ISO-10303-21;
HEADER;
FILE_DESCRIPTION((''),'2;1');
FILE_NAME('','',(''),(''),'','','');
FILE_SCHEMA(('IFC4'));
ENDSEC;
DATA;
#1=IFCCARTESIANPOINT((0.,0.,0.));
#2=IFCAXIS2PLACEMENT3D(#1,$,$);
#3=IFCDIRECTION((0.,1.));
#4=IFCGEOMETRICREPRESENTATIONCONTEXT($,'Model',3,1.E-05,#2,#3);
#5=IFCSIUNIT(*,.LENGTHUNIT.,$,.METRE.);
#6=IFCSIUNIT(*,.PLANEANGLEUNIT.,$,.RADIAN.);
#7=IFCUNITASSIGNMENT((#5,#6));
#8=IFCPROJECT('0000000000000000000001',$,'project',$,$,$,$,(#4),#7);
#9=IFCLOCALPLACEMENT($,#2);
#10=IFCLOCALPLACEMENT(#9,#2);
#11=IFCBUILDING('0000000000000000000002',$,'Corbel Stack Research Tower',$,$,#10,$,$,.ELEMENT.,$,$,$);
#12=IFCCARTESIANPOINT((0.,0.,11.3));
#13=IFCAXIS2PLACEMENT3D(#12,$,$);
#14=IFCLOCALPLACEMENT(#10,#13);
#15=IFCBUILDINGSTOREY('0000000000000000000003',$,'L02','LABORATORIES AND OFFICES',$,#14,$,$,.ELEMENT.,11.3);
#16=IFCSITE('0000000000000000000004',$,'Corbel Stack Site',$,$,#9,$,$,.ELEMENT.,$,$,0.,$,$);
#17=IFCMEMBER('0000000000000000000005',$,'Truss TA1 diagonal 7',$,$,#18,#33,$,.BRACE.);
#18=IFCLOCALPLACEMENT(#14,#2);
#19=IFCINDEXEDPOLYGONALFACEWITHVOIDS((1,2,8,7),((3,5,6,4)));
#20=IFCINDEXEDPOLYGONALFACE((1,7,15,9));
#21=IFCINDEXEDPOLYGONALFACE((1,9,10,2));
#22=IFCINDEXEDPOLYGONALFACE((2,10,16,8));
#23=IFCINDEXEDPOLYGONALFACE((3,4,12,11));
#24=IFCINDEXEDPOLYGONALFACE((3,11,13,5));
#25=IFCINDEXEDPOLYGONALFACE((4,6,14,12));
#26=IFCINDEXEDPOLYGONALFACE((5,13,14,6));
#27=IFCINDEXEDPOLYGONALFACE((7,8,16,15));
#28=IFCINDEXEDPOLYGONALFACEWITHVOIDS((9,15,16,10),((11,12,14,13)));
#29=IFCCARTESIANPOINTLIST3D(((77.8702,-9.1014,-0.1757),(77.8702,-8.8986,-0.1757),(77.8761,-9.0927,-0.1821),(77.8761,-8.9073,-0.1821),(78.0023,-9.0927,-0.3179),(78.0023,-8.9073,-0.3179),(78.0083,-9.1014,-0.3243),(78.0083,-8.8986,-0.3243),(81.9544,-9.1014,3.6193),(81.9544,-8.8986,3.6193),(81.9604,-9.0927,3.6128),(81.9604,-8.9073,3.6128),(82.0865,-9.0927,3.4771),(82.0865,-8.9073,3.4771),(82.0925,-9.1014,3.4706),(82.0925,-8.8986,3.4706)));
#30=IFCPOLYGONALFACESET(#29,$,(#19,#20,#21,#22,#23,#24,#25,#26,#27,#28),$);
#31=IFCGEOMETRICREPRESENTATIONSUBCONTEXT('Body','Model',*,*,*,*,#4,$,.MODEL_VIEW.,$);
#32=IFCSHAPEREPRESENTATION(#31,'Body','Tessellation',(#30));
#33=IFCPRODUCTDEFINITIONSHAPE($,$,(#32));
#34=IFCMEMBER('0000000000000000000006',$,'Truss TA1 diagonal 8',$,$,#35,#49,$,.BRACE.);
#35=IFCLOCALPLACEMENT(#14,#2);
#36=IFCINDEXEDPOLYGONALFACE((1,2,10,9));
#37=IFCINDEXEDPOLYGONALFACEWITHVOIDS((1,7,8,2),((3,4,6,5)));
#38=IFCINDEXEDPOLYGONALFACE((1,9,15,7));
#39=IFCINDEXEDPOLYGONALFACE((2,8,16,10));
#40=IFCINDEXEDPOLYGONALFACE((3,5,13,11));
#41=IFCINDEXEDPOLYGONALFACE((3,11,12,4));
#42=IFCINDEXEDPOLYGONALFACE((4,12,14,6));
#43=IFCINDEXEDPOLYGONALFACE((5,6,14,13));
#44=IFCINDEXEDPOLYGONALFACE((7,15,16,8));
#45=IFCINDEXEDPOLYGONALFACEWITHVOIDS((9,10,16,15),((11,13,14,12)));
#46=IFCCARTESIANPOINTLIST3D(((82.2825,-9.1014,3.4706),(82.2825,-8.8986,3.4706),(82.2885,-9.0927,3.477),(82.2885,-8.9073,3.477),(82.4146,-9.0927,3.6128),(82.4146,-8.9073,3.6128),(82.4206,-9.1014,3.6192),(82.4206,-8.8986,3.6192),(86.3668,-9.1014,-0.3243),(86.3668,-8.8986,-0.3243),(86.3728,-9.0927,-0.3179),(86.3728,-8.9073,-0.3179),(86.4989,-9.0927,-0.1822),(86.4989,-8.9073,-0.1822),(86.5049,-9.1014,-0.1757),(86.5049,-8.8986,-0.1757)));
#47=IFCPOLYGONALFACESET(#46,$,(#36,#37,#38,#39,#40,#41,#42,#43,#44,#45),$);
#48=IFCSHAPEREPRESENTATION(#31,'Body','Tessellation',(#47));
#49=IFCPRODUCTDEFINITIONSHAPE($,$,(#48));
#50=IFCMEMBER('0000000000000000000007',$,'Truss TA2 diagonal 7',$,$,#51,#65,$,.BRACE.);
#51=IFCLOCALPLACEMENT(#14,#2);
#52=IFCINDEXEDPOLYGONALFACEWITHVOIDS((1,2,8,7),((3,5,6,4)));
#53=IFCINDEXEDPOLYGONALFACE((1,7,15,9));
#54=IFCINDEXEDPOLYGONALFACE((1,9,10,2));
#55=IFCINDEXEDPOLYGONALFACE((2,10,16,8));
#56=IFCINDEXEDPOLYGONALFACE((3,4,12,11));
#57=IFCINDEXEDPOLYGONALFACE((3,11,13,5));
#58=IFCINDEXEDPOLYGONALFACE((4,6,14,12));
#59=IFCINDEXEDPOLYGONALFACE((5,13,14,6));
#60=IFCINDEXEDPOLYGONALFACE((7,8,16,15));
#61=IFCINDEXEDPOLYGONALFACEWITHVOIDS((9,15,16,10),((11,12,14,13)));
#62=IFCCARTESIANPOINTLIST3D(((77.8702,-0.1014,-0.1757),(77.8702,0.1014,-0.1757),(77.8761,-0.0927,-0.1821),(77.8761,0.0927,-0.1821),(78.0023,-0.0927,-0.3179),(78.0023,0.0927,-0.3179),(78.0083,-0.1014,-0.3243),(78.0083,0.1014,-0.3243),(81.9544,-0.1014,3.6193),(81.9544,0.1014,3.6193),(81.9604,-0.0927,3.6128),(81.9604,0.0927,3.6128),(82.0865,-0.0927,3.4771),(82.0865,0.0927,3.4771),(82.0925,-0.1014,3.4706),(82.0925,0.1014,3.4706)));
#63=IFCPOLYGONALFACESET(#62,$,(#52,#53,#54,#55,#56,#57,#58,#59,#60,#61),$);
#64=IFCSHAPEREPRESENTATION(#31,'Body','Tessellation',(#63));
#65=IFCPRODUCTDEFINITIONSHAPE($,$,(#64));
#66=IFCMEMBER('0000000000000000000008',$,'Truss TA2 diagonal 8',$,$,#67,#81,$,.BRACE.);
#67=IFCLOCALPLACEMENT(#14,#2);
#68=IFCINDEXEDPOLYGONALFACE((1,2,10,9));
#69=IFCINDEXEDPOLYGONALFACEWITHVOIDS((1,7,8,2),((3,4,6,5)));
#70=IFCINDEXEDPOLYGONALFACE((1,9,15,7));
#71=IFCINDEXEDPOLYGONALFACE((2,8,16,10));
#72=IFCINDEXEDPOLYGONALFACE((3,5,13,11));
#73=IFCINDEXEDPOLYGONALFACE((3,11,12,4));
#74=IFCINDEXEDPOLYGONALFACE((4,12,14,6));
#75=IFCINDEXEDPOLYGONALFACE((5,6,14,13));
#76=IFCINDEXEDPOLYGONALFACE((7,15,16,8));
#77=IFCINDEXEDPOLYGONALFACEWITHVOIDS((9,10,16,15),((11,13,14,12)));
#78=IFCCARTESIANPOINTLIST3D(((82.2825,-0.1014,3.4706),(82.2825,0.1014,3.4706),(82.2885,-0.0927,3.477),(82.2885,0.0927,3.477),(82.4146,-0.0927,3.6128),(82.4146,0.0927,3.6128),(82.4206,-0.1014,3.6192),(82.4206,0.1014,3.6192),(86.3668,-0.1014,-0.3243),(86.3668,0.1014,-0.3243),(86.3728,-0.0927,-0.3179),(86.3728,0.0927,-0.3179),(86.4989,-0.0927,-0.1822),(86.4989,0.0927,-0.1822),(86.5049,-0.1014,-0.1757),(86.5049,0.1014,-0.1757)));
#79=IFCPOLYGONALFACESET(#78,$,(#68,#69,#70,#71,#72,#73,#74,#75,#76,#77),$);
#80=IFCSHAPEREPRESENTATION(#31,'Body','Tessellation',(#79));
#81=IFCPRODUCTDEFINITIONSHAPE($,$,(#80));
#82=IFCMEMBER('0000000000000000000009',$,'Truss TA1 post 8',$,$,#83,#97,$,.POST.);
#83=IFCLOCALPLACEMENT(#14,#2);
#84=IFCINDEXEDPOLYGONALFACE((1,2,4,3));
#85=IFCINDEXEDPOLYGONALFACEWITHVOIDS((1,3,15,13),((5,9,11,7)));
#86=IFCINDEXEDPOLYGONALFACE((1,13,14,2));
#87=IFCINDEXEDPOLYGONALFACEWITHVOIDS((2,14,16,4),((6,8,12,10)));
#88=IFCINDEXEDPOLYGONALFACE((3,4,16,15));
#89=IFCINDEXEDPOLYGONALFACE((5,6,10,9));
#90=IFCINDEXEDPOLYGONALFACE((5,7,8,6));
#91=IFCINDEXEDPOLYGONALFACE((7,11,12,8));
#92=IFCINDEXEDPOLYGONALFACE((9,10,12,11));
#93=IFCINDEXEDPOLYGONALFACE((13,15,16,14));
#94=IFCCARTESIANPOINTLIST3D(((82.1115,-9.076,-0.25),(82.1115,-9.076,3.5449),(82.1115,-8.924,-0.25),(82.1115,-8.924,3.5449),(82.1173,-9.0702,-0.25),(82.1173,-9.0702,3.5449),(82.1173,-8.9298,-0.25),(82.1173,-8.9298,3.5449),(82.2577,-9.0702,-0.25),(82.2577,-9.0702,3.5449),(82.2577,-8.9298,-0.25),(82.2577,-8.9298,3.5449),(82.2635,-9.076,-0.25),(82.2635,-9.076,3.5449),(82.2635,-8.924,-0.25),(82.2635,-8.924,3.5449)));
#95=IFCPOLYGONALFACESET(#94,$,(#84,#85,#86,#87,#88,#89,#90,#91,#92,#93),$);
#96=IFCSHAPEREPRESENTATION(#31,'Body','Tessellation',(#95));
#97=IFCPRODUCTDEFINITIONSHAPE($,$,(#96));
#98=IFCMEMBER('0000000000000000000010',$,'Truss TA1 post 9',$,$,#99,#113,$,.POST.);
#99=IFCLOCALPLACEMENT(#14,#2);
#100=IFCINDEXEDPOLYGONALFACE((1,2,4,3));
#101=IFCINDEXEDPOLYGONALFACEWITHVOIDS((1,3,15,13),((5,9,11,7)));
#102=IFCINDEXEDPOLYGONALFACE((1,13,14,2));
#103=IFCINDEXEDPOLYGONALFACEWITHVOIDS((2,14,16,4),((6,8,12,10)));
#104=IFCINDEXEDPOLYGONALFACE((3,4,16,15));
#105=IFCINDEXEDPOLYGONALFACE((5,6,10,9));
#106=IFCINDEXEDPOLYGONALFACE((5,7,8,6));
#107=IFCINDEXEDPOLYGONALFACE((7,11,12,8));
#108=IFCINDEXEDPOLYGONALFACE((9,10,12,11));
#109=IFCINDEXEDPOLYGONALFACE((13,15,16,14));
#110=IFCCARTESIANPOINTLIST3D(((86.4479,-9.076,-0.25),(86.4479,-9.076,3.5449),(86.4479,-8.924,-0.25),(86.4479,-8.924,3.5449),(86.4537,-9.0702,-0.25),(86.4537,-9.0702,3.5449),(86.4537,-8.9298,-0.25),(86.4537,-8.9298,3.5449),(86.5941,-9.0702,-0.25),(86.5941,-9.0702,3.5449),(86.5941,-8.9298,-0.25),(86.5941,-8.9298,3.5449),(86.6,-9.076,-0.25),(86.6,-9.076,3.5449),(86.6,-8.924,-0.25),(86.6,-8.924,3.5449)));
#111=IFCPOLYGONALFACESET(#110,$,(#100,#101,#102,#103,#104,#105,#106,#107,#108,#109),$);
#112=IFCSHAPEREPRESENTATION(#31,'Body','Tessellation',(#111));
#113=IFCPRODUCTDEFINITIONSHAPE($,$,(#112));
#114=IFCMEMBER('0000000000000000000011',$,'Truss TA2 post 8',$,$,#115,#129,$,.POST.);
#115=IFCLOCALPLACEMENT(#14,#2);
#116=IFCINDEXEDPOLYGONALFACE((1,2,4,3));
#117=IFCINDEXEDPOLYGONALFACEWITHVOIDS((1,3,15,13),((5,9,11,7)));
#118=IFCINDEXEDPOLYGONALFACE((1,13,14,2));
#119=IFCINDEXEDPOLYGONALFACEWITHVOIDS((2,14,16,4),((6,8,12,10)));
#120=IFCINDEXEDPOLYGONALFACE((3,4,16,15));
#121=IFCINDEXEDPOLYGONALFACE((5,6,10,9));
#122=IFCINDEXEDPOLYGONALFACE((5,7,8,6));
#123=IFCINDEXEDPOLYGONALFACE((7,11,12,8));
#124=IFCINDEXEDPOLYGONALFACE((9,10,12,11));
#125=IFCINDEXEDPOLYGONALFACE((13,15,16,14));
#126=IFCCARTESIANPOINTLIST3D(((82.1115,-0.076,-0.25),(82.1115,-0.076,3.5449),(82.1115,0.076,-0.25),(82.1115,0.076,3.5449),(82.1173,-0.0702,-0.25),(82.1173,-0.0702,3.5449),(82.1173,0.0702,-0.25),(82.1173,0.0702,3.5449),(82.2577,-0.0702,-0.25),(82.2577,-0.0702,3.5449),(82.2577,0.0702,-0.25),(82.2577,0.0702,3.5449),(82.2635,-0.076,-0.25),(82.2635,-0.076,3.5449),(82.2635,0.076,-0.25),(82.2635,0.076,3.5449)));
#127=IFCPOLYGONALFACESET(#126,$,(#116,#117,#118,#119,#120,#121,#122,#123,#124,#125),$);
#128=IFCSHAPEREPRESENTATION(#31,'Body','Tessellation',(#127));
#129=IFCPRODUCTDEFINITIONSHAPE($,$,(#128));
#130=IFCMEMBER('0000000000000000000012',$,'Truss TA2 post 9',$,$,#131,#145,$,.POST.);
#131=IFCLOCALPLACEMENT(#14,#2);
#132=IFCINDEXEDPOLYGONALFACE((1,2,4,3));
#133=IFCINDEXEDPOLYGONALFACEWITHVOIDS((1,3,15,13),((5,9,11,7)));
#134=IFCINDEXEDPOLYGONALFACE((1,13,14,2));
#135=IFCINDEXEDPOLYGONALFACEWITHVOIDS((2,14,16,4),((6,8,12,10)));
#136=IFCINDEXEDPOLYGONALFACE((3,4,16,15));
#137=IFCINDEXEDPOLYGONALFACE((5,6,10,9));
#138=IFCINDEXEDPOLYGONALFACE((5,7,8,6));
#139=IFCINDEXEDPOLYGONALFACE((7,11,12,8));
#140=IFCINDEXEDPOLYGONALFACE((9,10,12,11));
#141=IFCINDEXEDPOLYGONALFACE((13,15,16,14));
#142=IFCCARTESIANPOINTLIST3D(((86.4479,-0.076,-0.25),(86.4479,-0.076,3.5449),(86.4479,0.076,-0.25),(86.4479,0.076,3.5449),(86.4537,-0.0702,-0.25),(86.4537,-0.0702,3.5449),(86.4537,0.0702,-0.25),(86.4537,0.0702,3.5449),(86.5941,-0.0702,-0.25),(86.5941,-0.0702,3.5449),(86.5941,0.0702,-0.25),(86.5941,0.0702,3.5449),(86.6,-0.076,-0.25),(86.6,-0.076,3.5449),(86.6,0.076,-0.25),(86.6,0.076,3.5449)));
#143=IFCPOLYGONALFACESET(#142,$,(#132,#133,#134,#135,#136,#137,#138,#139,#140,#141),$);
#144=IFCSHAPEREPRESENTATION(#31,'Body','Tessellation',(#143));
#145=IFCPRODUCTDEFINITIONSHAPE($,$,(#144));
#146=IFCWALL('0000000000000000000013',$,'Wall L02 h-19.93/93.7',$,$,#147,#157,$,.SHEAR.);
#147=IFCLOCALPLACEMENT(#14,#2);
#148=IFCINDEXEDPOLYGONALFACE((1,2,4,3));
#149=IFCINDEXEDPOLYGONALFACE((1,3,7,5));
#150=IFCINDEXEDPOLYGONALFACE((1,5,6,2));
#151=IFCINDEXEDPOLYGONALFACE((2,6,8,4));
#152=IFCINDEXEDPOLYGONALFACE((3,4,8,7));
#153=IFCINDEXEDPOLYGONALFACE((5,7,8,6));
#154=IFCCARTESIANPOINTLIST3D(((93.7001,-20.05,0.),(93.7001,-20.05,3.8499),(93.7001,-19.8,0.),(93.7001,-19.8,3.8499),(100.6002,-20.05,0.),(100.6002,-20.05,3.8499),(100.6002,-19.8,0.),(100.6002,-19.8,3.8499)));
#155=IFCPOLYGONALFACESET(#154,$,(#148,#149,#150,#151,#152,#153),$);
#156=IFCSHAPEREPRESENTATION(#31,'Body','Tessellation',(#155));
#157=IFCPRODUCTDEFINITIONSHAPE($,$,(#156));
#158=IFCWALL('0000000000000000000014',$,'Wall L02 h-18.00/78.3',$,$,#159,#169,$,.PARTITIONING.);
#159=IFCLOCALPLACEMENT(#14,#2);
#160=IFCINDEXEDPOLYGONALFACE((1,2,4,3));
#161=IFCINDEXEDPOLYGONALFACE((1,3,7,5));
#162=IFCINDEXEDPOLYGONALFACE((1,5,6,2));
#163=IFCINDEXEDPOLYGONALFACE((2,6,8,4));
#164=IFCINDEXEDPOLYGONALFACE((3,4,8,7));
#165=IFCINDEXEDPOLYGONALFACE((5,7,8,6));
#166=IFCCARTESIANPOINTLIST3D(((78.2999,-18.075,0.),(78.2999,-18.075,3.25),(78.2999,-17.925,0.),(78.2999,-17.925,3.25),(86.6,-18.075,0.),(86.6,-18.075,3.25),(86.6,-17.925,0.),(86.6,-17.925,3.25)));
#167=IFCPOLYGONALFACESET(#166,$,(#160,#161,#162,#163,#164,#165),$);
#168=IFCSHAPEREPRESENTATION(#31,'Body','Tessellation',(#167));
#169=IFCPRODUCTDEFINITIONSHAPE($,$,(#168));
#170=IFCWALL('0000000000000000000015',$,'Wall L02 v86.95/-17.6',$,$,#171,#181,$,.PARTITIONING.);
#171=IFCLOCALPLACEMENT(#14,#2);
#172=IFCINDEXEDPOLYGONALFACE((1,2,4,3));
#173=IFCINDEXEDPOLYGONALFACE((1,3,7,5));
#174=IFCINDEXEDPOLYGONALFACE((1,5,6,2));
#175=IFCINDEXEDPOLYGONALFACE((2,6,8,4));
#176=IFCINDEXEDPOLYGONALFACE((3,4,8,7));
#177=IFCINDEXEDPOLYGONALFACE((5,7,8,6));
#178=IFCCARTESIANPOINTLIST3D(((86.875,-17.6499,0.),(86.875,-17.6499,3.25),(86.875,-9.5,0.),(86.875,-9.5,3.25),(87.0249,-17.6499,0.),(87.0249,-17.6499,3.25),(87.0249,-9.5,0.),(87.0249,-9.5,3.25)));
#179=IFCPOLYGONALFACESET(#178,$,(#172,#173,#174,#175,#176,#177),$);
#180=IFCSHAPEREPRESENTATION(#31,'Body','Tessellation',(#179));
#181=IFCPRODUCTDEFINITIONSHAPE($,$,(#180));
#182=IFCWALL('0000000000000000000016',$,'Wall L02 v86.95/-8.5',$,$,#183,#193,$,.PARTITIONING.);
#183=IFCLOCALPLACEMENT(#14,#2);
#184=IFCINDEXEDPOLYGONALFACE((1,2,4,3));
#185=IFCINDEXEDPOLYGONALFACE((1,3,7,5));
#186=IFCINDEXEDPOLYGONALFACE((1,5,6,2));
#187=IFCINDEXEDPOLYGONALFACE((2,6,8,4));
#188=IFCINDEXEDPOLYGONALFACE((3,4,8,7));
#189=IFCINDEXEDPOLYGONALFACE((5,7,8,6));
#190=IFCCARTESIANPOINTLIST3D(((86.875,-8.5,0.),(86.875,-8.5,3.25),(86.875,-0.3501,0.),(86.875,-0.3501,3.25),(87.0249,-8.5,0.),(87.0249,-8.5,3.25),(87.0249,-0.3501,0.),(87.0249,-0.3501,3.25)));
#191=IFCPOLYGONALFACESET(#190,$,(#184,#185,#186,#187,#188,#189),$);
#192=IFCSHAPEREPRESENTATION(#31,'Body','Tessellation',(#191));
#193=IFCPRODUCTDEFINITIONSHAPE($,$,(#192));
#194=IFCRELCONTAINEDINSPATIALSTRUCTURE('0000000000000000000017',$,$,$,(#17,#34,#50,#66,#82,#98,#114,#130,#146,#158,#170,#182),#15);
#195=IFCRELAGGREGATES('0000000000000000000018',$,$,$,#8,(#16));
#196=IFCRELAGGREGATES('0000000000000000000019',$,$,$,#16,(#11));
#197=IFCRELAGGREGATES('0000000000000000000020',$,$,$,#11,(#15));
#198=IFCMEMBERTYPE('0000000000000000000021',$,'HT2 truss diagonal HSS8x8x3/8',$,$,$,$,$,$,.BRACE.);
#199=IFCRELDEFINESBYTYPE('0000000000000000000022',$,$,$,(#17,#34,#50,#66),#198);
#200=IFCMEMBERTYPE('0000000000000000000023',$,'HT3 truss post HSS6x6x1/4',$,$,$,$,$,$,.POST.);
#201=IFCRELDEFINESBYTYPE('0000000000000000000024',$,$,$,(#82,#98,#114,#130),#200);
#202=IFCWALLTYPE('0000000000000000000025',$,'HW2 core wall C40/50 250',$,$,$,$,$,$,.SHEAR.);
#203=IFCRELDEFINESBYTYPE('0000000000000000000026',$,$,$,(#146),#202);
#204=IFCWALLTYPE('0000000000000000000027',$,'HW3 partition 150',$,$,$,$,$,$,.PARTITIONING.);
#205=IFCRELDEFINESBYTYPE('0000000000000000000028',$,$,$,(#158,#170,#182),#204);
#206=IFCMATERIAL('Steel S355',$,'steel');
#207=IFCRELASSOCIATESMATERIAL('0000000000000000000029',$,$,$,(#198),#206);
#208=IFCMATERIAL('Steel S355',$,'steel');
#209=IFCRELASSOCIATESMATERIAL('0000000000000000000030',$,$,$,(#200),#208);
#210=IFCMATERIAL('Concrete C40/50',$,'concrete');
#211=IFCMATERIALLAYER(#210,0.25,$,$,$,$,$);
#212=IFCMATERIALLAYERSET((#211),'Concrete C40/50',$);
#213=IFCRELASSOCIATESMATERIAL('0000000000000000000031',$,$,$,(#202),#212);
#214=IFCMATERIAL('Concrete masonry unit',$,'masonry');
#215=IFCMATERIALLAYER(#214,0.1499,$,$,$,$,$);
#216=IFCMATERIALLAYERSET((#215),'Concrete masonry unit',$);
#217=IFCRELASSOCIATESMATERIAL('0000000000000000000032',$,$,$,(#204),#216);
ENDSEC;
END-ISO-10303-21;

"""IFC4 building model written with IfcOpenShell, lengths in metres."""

from ifc_helpers import new_model, si_unit, direction, frame, frame_2d, origin, origin_2d, place, context, subcontext, project, spatial, rectangle, hollow_rectangle, extrude, material, layer, layer_set, material_profile, profile_set, type_object, element, save


model = new_model("IFC4")

# Units and contexts
model_context = context("Model", 3, precision=1e-05, world=origin(), true_north=direction((0.0, 1.0)))
body_context = subcontext(model_context, "Body", "Model", "MODEL_VIEW")
ifc_project = project(units=[si_unit("LENGTHUNIT", "METRE"), si_unit("PLANEANGLEUNIT", "RADIAN")], contexts=[model_context])

# Site, building, storey
site_placement = place(None, origin())
site = spatial("IfcSite", under=ifc_project, at=site_placement, Name="Corbel Stack Site", CompositionType="ELEMENT", RefElevation=0.0)
building_placement = place(site_placement, origin())
building = spatial("IfcBuilding", under=site, at=building_placement, Name="Corbel Stack Research Tower", CompositionType="ELEMENT")
storey_placement = place(building_placement, frame((0.0, 0.0, 11.3)))
storey = spatial("IfcBuildingStorey", under=building, at=storey_placement, Name="L02", Description="LABORATORIES AND OFFICES", CompositionType="ELEMENT", Elevation=11.3)

# Members
ifc_material_1 = material(Name="Steel S355", Category="steel")
ifc_material_profile_1 = material_profile(ifc_material_1, hollow_rectangle(XDim=0.2029, YDim=0.2029, WallThickness=0.0088, at=origin_2d()), Name="HSS8x8x3/8")
ifc_profile_set_1 = profile_set([ifc_material_profile_1], Name="Steel S355")
member_type_1 = type_object("IfcMemberType", Name="HT2 truss diagonal HSS8x8x3/8", PredefinedType="BRACE", material=ifc_profile_set_1)
for number, where, z_axis, x_axis, name in (
    (1, (77.9392, -9.0, -0.25), (0.732577, 0.0, 0.680685), (0.0, 1.0, 0.0), "Truss TA1 diagonal 7"),
    (2, (82.3516, -9.0, 3.5449), (0.732577, 0.0, -0.680685), (0.0, 1.0, 0.0), "Truss TA1 diagonal 8"),
    (3, (77.9392, 0.0, -0.25), (0.732577, 0.0, 0.680685), (0.0, 1.0, 0.0), "Truss TA2 diagonal 7"),
    (4, (82.3516, 0.0, 3.5449), (0.732577, 0.0, -0.680685), (0.0, 1.0, 0.0), "Truss TA2 diagonal 8"),
):
    element("IfcMember", number, at=place(storey_placement, frame(where, z_axis=z_axis, x_axis=x_axis)), inside=storey, type_object=member_type_1, Name=name, PredefinedType="BRACE", context=body_context, shape_type="SweptSolid", body=[
        extrude(hollow_rectangle(XDim=0.2029, YDim=0.2029, WallThickness=0.0088, at=origin_2d()), origin(), (0.0, 0.0, 1.0), 5.5752),
    ])
ifc_material_2 = material(Name="Steel S355", Category="steel")
ifc_material_profile_2 = material_profile(ifc_material_2, hollow_rectangle(XDim=0.1521, YDim=0.1521, WallThickness=0.0059, at=origin_2d()), Name="HSS6x6x1/4")
ifc_profile_set_2 = profile_set([ifc_material_profile_2], Name="Steel S355")
member_type_2 = type_object("IfcMemberType", Name="HT3 truss post HSS6x6x1/4", PredefinedType="POST", material=ifc_profile_set_2)
for number, where, z_axis, x_axis, name in (
    (5, (82.1875, -9.0, -0.25), (0.0, 0.0, 1.0), (1.0, 0.0, 0.0), "Truss TA1 post 8"),
    (6, (86.5239, -9.0, -0.25), (0.0, 0.0, 1.0), (1.0, 0.0, 0.0), "Truss TA1 post 9"),
    (7, (82.1875, 0.0, -0.25), (0.0, 0.0, 1.0), (1.0, 0.0, 0.0), "Truss TA2 post 8"),
    (8, (86.5239, 0.0, -0.25), (0.0, 0.0, 1.0), (1.0, 0.0, 0.0), "Truss TA2 post 9"),
):
    element("IfcMember", number, at=place(storey_placement, frame(where, z_axis=z_axis, x_axis=x_axis)), inside=storey, type_object=member_type_2, Name=name, PredefinedType="POST", context=body_context, shape_type="SweptSolid", body=[
        extrude(hollow_rectangle(XDim=0.1521, YDim=0.1521, WallThickness=0.0059, at=origin_2d()), origin(), (0.0, 0.0, 1.0), 3.7949),
    ])

# Walls
ifc_material_3 = material(Name="Concrete C40/50", Category="concrete")
ifc_layer_1 = layer(ifc_material_3, 0.25)
ifc_layer_set_1 = layer_set([ifc_layer_1], Name="Concrete C40/50")
wall_type_1 = type_object("IfcWallType", Name="HW2 core wall C40/50 250", PredefinedType="SHEAR", material=ifc_layer_set_1)
wall_1_placement = place(storey_placement, frame((93.7, -19.925, 0.0), z_axis=(0.0, 0.0, 1.0), x_axis=(1.0, 0.0, 0.0)))
element("IfcWall", 9, at=wall_1_placement, inside=storey, type_object=wall_type_1, Name="Wall L02 h-19.93/93.7", PredefinedType="SHEAR", context=body_context, shape_type="SweptSolid", body=[
    extrude(rectangle(XDim=6.9001, YDim=0.25, at=frame_2d((3.4502, 0.0))), origin(), (0.0, 0.0, 1.0), 3.8499),
])
ifc_material_4 = material(Name="Concrete masonry unit", Category="masonry")
ifc_layer_2 = layer(ifc_material_4, 0.1499)
ifc_layer_set_2 = layer_set([ifc_layer_2], Name="Concrete masonry unit")
wall_type_2 = type_object("IfcWallType", Name="HW3 partition 150", PredefinedType="PARTITIONING", material=ifc_layer_set_2)
wall_2_placement = place(storey_placement, frame((78.3, -18.0, 0.0), z_axis=(0.0, 0.0, 1.0), x_axis=(1.0, 0.0, 0.0)))
element("IfcWall", 10, at=wall_2_placement, inside=storey, type_object=wall_type_2, Name="Wall L02 h-18.00/78.3", PredefinedType="PARTITIONING", context=body_context, shape_type="SweptSolid", body=[
    extrude(rectangle(XDim=8.3, YDim=0.1499, at=frame_2d((4.1499, 0.0))), origin(), (0.0, 0.0, 1.0), 3.25),
])
for number, where, z_axis, x_axis, name in (
    (11, (86.95, -17.6499, 0.0), (0.0, 0.0, 1.0), (0.0, 1.0, 0.0), "Wall L02 v86.95/-17.6"),
    (12, (86.95, -8.5, 0.0), (0.0, 0.0, 1.0), (0.0, 1.0, 0.0), "Wall L02 v86.95/-8.5"),
):
    element("IfcWall", number, at=place(storey_placement, frame(where, z_axis=z_axis, x_axis=x_axis)), inside=storey, type_object=wall_type_2, Name=name, PredefinedType="PARTITIONING", context=body_context, shape_type="SweptSolid", body=[
        extrude(rectangle(XDim=8.1499, YDim=0.1499, at=frame_2d((4.075, 0.0))), origin(), (0.0, 0.0, 1.0), 3.25),
    ])

save(model, "model.ifc")
